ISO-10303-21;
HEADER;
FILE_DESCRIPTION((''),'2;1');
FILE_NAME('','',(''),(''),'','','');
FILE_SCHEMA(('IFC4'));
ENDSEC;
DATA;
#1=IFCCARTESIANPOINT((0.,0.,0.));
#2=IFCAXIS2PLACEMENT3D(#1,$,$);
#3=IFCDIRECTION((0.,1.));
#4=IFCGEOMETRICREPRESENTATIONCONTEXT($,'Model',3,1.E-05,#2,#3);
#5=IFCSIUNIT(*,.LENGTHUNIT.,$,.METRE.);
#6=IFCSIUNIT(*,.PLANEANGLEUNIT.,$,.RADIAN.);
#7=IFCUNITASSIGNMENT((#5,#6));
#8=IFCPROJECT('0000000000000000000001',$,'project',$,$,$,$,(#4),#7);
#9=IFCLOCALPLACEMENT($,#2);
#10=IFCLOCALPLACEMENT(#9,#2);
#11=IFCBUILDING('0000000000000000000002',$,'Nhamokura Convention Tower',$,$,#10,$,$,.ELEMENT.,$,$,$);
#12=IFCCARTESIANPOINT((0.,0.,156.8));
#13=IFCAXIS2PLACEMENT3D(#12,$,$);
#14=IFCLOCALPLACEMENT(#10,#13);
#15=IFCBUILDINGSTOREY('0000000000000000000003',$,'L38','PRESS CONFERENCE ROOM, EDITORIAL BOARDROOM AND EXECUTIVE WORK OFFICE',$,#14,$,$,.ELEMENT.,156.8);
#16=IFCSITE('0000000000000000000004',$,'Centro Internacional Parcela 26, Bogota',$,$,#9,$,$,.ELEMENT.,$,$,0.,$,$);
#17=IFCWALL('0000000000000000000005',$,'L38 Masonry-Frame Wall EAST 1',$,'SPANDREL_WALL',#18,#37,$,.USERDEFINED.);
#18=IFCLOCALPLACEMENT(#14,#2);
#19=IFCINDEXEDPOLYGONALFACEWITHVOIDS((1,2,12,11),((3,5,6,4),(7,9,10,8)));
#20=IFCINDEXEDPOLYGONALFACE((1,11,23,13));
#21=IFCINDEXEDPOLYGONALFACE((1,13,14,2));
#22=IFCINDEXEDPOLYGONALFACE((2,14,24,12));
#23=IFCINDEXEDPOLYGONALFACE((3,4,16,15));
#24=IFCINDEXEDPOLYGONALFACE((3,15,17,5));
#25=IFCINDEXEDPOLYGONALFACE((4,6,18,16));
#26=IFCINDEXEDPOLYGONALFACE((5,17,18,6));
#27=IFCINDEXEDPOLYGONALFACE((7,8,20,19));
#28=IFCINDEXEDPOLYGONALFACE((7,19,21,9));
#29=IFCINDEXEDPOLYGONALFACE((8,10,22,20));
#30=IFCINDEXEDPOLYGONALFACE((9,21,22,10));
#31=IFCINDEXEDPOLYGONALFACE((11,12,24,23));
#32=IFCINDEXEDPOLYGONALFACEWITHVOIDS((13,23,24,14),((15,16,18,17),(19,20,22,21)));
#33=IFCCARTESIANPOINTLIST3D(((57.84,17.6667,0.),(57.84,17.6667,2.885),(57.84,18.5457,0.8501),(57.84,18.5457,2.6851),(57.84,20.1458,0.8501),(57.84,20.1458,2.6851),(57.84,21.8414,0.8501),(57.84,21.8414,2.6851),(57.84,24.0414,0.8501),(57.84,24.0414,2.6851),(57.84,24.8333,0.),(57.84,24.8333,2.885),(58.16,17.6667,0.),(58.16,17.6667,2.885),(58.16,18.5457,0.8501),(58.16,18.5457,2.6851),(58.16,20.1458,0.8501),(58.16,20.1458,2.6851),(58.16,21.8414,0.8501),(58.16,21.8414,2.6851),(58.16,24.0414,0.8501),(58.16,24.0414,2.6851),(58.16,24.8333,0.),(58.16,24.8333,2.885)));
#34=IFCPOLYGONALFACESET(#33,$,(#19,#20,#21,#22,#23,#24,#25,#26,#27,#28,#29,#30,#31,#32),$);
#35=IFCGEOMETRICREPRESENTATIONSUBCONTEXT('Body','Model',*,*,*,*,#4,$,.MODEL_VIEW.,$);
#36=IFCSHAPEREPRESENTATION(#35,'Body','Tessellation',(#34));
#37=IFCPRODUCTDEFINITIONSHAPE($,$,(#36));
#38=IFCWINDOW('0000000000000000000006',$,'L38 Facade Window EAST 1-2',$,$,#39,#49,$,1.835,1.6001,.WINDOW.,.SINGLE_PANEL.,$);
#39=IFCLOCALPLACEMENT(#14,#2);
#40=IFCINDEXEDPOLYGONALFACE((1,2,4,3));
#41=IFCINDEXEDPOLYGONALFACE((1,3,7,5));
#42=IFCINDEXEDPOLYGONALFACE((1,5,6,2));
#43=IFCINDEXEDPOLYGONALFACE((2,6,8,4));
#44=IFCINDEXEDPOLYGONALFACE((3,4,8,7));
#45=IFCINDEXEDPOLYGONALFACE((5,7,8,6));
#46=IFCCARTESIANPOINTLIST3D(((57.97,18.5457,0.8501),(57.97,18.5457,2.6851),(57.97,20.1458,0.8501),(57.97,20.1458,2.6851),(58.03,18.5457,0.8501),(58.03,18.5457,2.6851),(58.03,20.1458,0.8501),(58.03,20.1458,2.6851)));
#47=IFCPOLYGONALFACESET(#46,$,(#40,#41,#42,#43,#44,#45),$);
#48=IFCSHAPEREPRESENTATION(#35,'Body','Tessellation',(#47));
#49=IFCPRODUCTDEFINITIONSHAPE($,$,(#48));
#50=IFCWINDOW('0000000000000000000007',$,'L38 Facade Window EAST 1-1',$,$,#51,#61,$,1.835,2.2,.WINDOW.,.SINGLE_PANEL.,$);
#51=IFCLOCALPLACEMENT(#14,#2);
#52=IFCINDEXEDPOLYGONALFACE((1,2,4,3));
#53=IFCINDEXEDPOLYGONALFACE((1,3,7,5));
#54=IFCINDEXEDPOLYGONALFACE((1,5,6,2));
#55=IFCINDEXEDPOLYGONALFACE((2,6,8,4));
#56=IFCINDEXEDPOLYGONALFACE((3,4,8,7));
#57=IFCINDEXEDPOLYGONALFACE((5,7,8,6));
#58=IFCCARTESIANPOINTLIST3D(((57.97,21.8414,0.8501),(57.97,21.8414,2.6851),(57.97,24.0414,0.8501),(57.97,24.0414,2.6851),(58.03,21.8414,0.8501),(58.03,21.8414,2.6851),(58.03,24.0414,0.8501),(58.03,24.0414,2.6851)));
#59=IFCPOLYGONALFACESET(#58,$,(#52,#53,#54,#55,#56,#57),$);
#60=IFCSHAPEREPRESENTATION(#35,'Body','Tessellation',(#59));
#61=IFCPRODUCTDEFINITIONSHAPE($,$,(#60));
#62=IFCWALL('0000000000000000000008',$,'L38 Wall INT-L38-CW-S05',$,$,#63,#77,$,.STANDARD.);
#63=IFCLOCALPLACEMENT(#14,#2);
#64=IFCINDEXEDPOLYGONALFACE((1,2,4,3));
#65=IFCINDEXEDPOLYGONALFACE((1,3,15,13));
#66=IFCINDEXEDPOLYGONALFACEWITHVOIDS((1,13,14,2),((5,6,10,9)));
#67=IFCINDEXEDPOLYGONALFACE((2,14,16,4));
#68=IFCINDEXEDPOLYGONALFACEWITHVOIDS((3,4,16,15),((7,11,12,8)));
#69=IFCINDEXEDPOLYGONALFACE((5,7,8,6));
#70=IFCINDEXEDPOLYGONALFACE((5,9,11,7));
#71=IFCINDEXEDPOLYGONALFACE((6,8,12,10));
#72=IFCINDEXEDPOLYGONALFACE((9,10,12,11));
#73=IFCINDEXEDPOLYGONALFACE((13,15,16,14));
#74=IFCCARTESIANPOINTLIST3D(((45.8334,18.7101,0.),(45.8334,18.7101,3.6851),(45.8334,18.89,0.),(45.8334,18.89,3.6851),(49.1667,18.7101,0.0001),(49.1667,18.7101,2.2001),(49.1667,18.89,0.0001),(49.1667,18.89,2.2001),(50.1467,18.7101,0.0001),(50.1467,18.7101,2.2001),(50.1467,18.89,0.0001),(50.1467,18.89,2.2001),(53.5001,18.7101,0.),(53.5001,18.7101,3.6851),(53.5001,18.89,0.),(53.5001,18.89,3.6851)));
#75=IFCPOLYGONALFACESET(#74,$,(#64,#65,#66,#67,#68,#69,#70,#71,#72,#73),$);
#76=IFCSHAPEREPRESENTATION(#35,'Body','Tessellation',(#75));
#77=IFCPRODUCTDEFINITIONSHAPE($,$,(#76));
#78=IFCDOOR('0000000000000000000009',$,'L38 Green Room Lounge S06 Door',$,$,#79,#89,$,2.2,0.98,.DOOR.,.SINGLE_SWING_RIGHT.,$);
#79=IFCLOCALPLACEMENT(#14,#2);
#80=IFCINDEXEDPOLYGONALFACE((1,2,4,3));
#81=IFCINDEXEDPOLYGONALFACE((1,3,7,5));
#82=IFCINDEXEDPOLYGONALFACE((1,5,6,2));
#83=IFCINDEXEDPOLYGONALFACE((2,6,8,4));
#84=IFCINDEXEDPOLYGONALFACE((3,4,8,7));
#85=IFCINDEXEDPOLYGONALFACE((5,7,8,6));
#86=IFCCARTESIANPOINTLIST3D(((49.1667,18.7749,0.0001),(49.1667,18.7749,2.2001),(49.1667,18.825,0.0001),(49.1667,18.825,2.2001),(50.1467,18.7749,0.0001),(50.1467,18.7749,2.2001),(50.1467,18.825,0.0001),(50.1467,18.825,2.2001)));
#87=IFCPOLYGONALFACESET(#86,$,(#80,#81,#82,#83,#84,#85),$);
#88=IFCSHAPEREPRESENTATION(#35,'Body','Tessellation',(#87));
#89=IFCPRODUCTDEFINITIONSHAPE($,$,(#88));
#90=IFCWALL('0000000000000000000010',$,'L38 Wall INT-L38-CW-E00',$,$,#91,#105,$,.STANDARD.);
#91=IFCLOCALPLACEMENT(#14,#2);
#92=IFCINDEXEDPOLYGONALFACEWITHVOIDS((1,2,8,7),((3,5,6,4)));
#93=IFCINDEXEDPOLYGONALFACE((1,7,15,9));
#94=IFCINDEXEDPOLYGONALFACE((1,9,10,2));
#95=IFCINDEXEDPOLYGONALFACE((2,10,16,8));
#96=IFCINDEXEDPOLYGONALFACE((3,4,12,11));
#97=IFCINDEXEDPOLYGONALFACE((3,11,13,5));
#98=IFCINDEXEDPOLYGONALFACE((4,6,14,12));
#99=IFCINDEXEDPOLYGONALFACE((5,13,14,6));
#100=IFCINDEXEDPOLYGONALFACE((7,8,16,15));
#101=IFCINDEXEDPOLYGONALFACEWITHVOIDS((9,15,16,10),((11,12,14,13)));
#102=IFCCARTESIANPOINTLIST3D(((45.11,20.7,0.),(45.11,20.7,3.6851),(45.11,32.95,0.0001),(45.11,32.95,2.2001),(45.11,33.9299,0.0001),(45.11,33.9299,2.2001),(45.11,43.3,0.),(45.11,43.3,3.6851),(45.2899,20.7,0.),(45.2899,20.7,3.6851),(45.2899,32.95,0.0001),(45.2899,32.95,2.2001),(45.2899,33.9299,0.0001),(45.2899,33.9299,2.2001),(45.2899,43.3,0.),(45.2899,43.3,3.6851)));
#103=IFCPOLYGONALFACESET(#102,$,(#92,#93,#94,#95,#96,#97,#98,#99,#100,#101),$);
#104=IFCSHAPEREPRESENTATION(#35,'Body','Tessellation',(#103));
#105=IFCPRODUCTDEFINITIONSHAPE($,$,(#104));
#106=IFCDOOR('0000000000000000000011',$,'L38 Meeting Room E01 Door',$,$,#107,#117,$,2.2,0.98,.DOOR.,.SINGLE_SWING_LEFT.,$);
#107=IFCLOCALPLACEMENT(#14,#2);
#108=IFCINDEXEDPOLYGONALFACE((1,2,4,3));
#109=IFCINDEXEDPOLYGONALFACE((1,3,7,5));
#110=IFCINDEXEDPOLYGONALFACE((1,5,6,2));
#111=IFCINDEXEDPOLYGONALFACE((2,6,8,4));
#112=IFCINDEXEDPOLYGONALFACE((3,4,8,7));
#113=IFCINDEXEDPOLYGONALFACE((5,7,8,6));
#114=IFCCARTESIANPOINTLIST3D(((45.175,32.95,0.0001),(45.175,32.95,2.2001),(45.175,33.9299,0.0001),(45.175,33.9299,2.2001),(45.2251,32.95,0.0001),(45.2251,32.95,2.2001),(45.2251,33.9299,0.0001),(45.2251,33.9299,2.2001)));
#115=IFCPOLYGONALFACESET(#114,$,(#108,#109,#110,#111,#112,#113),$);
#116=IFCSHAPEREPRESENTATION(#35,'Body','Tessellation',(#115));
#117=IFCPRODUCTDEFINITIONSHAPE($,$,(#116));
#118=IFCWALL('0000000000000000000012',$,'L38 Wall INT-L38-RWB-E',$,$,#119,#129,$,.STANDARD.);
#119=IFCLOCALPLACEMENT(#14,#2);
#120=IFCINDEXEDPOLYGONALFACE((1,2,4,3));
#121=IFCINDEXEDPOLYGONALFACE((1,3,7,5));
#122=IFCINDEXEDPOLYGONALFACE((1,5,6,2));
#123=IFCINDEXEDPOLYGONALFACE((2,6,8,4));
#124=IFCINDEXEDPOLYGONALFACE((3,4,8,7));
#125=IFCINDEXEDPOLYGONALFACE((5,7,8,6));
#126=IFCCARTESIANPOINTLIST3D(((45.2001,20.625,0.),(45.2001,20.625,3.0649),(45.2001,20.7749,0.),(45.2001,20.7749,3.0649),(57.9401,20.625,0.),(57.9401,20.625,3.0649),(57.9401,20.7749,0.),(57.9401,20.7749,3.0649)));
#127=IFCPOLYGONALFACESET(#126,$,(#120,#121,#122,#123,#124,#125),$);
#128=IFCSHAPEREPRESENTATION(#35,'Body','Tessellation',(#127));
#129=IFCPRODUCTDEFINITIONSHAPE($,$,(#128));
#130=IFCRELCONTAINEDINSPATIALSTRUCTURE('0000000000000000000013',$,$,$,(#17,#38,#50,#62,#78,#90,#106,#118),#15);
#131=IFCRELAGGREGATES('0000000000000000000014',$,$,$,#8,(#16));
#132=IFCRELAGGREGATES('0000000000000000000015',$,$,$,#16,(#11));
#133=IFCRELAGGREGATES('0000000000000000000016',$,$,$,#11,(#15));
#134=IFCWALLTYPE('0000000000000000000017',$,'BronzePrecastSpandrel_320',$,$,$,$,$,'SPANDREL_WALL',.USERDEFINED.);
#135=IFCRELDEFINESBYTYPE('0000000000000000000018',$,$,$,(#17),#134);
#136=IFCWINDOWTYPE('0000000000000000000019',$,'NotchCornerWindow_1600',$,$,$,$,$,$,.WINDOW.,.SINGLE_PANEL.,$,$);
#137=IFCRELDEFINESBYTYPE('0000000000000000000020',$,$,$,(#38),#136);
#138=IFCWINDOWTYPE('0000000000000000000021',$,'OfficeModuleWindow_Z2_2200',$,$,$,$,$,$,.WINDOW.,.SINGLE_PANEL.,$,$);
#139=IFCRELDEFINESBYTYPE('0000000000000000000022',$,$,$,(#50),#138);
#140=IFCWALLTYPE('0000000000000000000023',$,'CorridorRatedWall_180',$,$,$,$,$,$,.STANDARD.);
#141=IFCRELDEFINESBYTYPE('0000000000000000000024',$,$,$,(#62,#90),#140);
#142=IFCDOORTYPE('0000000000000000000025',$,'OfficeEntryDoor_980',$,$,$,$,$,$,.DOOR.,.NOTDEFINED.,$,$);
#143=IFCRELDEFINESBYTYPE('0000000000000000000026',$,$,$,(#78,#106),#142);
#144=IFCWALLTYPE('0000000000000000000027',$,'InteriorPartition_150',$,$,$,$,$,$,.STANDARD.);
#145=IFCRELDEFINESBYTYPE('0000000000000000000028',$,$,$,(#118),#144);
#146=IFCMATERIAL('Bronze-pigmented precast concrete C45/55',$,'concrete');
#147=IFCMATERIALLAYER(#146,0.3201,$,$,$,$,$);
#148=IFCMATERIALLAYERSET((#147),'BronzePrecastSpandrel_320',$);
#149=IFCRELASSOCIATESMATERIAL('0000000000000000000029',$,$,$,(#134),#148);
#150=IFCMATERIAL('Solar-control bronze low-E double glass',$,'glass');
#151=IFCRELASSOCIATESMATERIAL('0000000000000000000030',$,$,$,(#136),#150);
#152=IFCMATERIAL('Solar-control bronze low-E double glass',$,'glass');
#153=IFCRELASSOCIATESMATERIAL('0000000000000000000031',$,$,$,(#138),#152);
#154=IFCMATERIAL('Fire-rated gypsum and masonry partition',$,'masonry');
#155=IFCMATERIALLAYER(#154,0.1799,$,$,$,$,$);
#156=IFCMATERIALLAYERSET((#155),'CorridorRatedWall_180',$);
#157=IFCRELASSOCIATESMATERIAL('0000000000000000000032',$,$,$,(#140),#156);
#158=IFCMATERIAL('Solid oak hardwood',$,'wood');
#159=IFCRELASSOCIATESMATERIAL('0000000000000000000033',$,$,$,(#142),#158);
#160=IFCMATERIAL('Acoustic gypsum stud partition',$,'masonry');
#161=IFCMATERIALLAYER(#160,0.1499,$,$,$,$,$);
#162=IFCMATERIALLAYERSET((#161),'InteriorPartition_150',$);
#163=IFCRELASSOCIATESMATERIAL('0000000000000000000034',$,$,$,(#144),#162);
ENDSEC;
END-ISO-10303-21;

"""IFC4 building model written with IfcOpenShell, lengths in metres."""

from ifc_helpers import new_model, si_unit, direction, frame, frame_2d, origin, place, context, subcontext, project, spatial, rectangle, extrude, material, layer, layer_set, type_object, element, fill, save


model = new_model("IFC4")

# Units and contexts
model_context = context("Model", 3, precision=1e-05, world=origin(), true_north=direction((0.0, 1.0)))
body_context = subcontext(model_context, "Body", "Model", "MODEL_VIEW")
ifc_project = project(units=[si_unit("LENGTHUNIT", "METRE"), si_unit("PLANEANGLEUNIT", "RADIAN")], contexts=[model_context])

# Site, building, storey
site_placement = place(None, origin())
site = spatial("IfcSite", under=ifc_project, at=site_placement, Name="Centro Internacional Parcela 26, Bogota", CompositionType="ELEMENT", RefElevation=0.0)
building_placement = place(site_placement, origin())
building = spatial("IfcBuilding", under=site, at=building_placement, Name="Nhamokura Convention Tower", CompositionType="ELEMENT")
storey_placement = place(building_placement, frame((0.0, 0.0, 156.8)))
storey = spatial("IfcBuildingStorey", under=building, at=storey_placement, Name="L38", Description="PRESS CONFERENCE ROOM, EDITORIAL BOARDROOM AND EXECUTIVE WORK OFFICE", CompositionType="ELEMENT", Elevation=156.8)

# Shared definitions
ifc_material_1 = material(Name="Bronze-pigmented precast concrete C45/55", Category="concrete")
ifc_layer_1 = layer(ifc_material_1, 0.3201)
ifc_layer_set_1 = layer_set([ifc_layer_1], Name="BronzePrecastSpandrel_320")
wall_type_1 = type_object("IfcWallType", Name="BronzePrecastSpandrel_320", ElementType="SPANDREL_WALL", PredefinedType="USERDEFINED", material=ifc_layer_set_1)

# Wall, openings, windows
wall_1_placement = place(storey_placement, frame((58.0, 24.8333, 0.0), z_axis=(0.0, 0.0, 1.0), x_axis=(0.0, -1.0, 0.0)))
wall_1 = element("IfcWall", 1, at=wall_1_placement, inside=storey, type_object=wall_type_1, Name="L38 Masonry-Frame Wall EAST 1", ObjectType="SPANDREL_WALL", PredefinedType="USERDEFINED", context=body_context, shape_type="SweptSolid", body=[
    extrude(rectangle(XDim=7.1665, YDim=0.3201, at=frame_2d((3.5833, 0.0))), origin(), (0.0, 0.0, 1.0), 2.885),
])
opening_1_placement = place(wall_1_placement, frame((0.7917, 0.0, 0.8501)))
opening_1 = element("IfcOpeningElement", 2, at=opening_1_placement, cuts=wall_1, PredefinedType="OPENING", context=body_context, shape_type="SweptSolid", body=[
    extrude(rectangle(XDim=2.2, YDim=1.835, at=frame_2d((1.1001, 0.9175))), frame((0.0, 0.1699, 0.0), z_axis=(0.0, -1.0, 0.0), x_axis=(1.0, 0.0, 0.0)), (0.0, 0.0, 1.0), 0.3401),
])
opening_2_placement = place(wall_1_placement, frame((4.6875, 0.0, 0.8501)))
opening_2 = element("IfcOpeningElement", 3, at=opening_2_placement, cuts=wall_1, PredefinedType="OPENING", context=body_context, shape_type="SweptSolid", body=[
    extrude(rectangle(XDim=1.6001, YDim=1.835, at=frame_2d((0.8, 0.9175))), frame((0.0, 0.1699, 0.0), z_axis=(0.0, -1.0, 0.0), x_axis=(1.0, 0.0, 0.0)), (0.0, 0.0, 1.0), 0.3401),
])
ifc_material_2 = material(Name="Solar-control bronze low-E double glass", Category="glass")
window_type_1 = type_object("IfcWindowType", Name="NotchCornerWindow_1600", PartitioningType="SINGLE_PANEL", PredefinedType="WINDOW", material=ifc_material_2)
window_1_placement = place(opening_2_placement, origin())
window_1 = element("IfcWindow", 4, at=window_1_placement, inside=storey, type_object=window_type_1, Name="L38 Facade Window EAST 1-2", OverallHeight=1.835, OverallWidth=1.6001, PartitioningType="SINGLE_PANEL", PredefinedType="WINDOW", context=body_context, shape_type="SweptSolid", body=[
    extrude(rectangle(XDim=1.6001, YDim=1.835, at=frame_2d((0.8, 0.9175))), frame((0.0, 0.03, 0.0), z_axis=(0.0, -1.0, 0.0), x_axis=(1.0, 0.0, 0.0)), (0.0, 0.0, 1.0), 0.0601),
])
fill(opening_2, window_1)
ifc_material_3 = material(Name="Solar-control bronze low-E double glass", Category="glass")
window_type_2 = type_object("IfcWindowType", Name="OfficeModuleWindow_Z2_2200", PartitioningType="SINGLE_PANEL", PredefinedType="WINDOW", material=ifc_material_3)
window_2_placement = place(opening_1_placement, origin())
window_2 = element("IfcWindow", 5, at=window_2_placement, inside=storey, type_object=window_type_2, Name="L38 Facade Window EAST 1-1", OverallHeight=1.835, OverallWidth=2.2, PartitioningType="SINGLE_PANEL", PredefinedType="WINDOW", context=body_context, shape_type="SweptSolid", body=[
    extrude(rectangle(XDim=2.2, YDim=1.835, at=frame_2d((1.1001, 0.9175))), frame((0.0, 0.03, 0.0), z_axis=(0.0, -1.0, 0.0), x_axis=(1.0, 0.0, 0.0)), (0.0, 0.0, 1.0), 0.0601),
])
fill(opening_1, window_2)

# Walls, openings, doors
ifc_material_4 = material(Name="Fire-rated gypsum and masonry partition", Category="masonry")
ifc_layer_2 = layer(ifc_material_4, 0.1799)
ifc_layer_set_2 = layer_set([ifc_layer_2], Name="CorridorRatedWall_180")
wall_type_2 = type_object("IfcWallType", Name="CorridorRatedWall_180", PredefinedType="STANDARD", material=ifc_layer_set_2)
wall_2_placement = place(storey_placement, frame((45.8333, 18.8, 0.0), z_axis=(0.0, 0.0, 1.0), x_axis=(1.0, 0.0, 0.0)))
wall_2 = element("IfcWall", 6, at=wall_2_placement, inside=storey, type_object=wall_type_2, Name="L38 Wall INT-L38-CW-S05", PredefinedType="STANDARD", context=body_context, shape_type="SweptSolid", body=[
    extrude(rectangle(XDim=7.6667, YDim=0.1799, at=frame_2d((3.8335, 0.0))), origin(), (0.0, 0.0, 1.0), 3.6851),
])
opening_3_placement = place(wall_2_placement, frame((3.3335, 0.0, 0.0)))
opening_3 = element("IfcOpeningElement", 7, at=opening_3_placement, cuts=wall_2, PredefinedType="OPENING", context=body_context, shape_type="SweptSolid", body=[
    extrude(rectangle(XDim=0.98, YDim=2.2, at=frame_2d((0.49, 1.1001))), frame((0.0, 0.0999, 0.0), z_axis=(0.0, -1.0, 0.0), x_axis=(1.0, 0.0, 0.0)), (0.0, 0.0, 1.0), 0.2),
])
ifc_material_5 = material(Name="Solid oak hardwood", Category="wood")
door_type = type_object("IfcDoorType", Name="OfficeEntryDoor_980", OperationType="NOTDEFINED", PredefinedType="DOOR", material=ifc_material_5)
door_1_placement = place(opening_3_placement, origin())
door_1 = element("IfcDoor", 8, at=door_1_placement, inside=storey, type_object=door_type, Name="L38 Green Room Lounge S06 Door", OperationType="SINGLE_SWING_RIGHT", OverallHeight=2.2, OverallWidth=0.98, PredefinedType="DOOR", context=body_context, shape_type="SweptSolid", body=[
    extrude(rectangle(XDim=0.98, YDim=2.2, at=frame_2d((0.49, 1.1001))), frame((0.0, 0.0249, 0.0), z_axis=(0.0, -1.0, 0.0), x_axis=(1.0, 0.0, 0.0)), (0.0, 0.0, 1.0), 0.05),
])
fill(opening_3, door_1)
wall_3_placement = place(storey_placement, frame((45.2, 20.7, 0.0), z_axis=(0.0, 0.0, 1.0), x_axis=(0.0, 1.0, 0.0)))
wall_3 = element("IfcWall", 9, at=wall_3_placement, inside=storey, type_object=wall_type_2, Name="L38 Wall INT-L38-CW-E00", PredefinedType="STANDARD", context=body_context, shape_type="SweptSolid", body=[
    extrude(rectangle(XDim=22.6001, YDim=0.1799, at=frame_2d((11.3, 0.0))), origin(), (0.0, 0.0, 1.0), 3.6851),
])
opening_4_placement = place(wall_3_placement, frame((12.25, 0.0, 0.0)))
opening_4 = element("IfcOpeningElement", 10, at=opening_4_placement, cuts=wall_3, PredefinedType="OPENING", context=body_context, shape_type="SweptSolid", body=[
    extrude(rectangle(XDim=0.98, YDim=2.2, at=frame_2d((0.49, 1.1001))), frame((0.0, 0.0999, 0.0), z_axis=(0.0, -1.0, 0.0), x_axis=(1.0, 0.0, 0.0)), (0.0, 0.0, 1.0), 0.2),
])
door_2_placement = place(opening_4_placement, origin())
door_2 = element("IfcDoor", 11, at=door_2_placement, inside=storey, type_object=door_type, Name="L38 Meeting Room E01 Door", OperationType="SINGLE_SWING_LEFT", OverallHeight=2.2, OverallWidth=0.98, PredefinedType="DOOR", context=body_context, shape_type="SweptSolid", body=[
    extrude(rectangle(XDim=0.98, YDim=2.2, at=frame_2d((0.49, 1.1001))), frame((0.0, 0.0249, 0.0), z_axis=(0.0, -1.0, 0.0), x_axis=(1.0, 0.0, 0.0)), (0.0, 0.0, 1.0), 0.05),
])
fill(opening_4, door_2)

# Wall
ifc_material_6 = material(Name="Acoustic gypsum stud partition", Category="masonry")
ifc_layer_3 = layer(ifc_material_6, 0.1499)
ifc_layer_set_3 = layer_set([ifc_layer_3], Name="InteriorPartition_150")
wall_type_3 = type_object("IfcWallType", Name="InteriorPartition_150", PredefinedType="STANDARD", material=ifc_layer_set_3)
wall_4_placement = place(storey_placement, frame((45.2, 20.7, 0.0), z_axis=(0.0, 0.0, 1.0), x_axis=(1.0, 0.0, 0.0)))
element("IfcWall", 12, at=wall_4_placement, inside=storey, type_object=wall_type_3, Name="L38 Wall INT-L38-RWB-E", PredefinedType="STANDARD", context=body_context, shape_type="SweptSolid", body=[
    extrude(rectangle(XDim=12.74, YDim=0.1499, at=frame_2d((6.3701, 0.0))), origin(), (0.0, 0.0, 1.0), 3.0649),
])

save(model, "model.ifc")
